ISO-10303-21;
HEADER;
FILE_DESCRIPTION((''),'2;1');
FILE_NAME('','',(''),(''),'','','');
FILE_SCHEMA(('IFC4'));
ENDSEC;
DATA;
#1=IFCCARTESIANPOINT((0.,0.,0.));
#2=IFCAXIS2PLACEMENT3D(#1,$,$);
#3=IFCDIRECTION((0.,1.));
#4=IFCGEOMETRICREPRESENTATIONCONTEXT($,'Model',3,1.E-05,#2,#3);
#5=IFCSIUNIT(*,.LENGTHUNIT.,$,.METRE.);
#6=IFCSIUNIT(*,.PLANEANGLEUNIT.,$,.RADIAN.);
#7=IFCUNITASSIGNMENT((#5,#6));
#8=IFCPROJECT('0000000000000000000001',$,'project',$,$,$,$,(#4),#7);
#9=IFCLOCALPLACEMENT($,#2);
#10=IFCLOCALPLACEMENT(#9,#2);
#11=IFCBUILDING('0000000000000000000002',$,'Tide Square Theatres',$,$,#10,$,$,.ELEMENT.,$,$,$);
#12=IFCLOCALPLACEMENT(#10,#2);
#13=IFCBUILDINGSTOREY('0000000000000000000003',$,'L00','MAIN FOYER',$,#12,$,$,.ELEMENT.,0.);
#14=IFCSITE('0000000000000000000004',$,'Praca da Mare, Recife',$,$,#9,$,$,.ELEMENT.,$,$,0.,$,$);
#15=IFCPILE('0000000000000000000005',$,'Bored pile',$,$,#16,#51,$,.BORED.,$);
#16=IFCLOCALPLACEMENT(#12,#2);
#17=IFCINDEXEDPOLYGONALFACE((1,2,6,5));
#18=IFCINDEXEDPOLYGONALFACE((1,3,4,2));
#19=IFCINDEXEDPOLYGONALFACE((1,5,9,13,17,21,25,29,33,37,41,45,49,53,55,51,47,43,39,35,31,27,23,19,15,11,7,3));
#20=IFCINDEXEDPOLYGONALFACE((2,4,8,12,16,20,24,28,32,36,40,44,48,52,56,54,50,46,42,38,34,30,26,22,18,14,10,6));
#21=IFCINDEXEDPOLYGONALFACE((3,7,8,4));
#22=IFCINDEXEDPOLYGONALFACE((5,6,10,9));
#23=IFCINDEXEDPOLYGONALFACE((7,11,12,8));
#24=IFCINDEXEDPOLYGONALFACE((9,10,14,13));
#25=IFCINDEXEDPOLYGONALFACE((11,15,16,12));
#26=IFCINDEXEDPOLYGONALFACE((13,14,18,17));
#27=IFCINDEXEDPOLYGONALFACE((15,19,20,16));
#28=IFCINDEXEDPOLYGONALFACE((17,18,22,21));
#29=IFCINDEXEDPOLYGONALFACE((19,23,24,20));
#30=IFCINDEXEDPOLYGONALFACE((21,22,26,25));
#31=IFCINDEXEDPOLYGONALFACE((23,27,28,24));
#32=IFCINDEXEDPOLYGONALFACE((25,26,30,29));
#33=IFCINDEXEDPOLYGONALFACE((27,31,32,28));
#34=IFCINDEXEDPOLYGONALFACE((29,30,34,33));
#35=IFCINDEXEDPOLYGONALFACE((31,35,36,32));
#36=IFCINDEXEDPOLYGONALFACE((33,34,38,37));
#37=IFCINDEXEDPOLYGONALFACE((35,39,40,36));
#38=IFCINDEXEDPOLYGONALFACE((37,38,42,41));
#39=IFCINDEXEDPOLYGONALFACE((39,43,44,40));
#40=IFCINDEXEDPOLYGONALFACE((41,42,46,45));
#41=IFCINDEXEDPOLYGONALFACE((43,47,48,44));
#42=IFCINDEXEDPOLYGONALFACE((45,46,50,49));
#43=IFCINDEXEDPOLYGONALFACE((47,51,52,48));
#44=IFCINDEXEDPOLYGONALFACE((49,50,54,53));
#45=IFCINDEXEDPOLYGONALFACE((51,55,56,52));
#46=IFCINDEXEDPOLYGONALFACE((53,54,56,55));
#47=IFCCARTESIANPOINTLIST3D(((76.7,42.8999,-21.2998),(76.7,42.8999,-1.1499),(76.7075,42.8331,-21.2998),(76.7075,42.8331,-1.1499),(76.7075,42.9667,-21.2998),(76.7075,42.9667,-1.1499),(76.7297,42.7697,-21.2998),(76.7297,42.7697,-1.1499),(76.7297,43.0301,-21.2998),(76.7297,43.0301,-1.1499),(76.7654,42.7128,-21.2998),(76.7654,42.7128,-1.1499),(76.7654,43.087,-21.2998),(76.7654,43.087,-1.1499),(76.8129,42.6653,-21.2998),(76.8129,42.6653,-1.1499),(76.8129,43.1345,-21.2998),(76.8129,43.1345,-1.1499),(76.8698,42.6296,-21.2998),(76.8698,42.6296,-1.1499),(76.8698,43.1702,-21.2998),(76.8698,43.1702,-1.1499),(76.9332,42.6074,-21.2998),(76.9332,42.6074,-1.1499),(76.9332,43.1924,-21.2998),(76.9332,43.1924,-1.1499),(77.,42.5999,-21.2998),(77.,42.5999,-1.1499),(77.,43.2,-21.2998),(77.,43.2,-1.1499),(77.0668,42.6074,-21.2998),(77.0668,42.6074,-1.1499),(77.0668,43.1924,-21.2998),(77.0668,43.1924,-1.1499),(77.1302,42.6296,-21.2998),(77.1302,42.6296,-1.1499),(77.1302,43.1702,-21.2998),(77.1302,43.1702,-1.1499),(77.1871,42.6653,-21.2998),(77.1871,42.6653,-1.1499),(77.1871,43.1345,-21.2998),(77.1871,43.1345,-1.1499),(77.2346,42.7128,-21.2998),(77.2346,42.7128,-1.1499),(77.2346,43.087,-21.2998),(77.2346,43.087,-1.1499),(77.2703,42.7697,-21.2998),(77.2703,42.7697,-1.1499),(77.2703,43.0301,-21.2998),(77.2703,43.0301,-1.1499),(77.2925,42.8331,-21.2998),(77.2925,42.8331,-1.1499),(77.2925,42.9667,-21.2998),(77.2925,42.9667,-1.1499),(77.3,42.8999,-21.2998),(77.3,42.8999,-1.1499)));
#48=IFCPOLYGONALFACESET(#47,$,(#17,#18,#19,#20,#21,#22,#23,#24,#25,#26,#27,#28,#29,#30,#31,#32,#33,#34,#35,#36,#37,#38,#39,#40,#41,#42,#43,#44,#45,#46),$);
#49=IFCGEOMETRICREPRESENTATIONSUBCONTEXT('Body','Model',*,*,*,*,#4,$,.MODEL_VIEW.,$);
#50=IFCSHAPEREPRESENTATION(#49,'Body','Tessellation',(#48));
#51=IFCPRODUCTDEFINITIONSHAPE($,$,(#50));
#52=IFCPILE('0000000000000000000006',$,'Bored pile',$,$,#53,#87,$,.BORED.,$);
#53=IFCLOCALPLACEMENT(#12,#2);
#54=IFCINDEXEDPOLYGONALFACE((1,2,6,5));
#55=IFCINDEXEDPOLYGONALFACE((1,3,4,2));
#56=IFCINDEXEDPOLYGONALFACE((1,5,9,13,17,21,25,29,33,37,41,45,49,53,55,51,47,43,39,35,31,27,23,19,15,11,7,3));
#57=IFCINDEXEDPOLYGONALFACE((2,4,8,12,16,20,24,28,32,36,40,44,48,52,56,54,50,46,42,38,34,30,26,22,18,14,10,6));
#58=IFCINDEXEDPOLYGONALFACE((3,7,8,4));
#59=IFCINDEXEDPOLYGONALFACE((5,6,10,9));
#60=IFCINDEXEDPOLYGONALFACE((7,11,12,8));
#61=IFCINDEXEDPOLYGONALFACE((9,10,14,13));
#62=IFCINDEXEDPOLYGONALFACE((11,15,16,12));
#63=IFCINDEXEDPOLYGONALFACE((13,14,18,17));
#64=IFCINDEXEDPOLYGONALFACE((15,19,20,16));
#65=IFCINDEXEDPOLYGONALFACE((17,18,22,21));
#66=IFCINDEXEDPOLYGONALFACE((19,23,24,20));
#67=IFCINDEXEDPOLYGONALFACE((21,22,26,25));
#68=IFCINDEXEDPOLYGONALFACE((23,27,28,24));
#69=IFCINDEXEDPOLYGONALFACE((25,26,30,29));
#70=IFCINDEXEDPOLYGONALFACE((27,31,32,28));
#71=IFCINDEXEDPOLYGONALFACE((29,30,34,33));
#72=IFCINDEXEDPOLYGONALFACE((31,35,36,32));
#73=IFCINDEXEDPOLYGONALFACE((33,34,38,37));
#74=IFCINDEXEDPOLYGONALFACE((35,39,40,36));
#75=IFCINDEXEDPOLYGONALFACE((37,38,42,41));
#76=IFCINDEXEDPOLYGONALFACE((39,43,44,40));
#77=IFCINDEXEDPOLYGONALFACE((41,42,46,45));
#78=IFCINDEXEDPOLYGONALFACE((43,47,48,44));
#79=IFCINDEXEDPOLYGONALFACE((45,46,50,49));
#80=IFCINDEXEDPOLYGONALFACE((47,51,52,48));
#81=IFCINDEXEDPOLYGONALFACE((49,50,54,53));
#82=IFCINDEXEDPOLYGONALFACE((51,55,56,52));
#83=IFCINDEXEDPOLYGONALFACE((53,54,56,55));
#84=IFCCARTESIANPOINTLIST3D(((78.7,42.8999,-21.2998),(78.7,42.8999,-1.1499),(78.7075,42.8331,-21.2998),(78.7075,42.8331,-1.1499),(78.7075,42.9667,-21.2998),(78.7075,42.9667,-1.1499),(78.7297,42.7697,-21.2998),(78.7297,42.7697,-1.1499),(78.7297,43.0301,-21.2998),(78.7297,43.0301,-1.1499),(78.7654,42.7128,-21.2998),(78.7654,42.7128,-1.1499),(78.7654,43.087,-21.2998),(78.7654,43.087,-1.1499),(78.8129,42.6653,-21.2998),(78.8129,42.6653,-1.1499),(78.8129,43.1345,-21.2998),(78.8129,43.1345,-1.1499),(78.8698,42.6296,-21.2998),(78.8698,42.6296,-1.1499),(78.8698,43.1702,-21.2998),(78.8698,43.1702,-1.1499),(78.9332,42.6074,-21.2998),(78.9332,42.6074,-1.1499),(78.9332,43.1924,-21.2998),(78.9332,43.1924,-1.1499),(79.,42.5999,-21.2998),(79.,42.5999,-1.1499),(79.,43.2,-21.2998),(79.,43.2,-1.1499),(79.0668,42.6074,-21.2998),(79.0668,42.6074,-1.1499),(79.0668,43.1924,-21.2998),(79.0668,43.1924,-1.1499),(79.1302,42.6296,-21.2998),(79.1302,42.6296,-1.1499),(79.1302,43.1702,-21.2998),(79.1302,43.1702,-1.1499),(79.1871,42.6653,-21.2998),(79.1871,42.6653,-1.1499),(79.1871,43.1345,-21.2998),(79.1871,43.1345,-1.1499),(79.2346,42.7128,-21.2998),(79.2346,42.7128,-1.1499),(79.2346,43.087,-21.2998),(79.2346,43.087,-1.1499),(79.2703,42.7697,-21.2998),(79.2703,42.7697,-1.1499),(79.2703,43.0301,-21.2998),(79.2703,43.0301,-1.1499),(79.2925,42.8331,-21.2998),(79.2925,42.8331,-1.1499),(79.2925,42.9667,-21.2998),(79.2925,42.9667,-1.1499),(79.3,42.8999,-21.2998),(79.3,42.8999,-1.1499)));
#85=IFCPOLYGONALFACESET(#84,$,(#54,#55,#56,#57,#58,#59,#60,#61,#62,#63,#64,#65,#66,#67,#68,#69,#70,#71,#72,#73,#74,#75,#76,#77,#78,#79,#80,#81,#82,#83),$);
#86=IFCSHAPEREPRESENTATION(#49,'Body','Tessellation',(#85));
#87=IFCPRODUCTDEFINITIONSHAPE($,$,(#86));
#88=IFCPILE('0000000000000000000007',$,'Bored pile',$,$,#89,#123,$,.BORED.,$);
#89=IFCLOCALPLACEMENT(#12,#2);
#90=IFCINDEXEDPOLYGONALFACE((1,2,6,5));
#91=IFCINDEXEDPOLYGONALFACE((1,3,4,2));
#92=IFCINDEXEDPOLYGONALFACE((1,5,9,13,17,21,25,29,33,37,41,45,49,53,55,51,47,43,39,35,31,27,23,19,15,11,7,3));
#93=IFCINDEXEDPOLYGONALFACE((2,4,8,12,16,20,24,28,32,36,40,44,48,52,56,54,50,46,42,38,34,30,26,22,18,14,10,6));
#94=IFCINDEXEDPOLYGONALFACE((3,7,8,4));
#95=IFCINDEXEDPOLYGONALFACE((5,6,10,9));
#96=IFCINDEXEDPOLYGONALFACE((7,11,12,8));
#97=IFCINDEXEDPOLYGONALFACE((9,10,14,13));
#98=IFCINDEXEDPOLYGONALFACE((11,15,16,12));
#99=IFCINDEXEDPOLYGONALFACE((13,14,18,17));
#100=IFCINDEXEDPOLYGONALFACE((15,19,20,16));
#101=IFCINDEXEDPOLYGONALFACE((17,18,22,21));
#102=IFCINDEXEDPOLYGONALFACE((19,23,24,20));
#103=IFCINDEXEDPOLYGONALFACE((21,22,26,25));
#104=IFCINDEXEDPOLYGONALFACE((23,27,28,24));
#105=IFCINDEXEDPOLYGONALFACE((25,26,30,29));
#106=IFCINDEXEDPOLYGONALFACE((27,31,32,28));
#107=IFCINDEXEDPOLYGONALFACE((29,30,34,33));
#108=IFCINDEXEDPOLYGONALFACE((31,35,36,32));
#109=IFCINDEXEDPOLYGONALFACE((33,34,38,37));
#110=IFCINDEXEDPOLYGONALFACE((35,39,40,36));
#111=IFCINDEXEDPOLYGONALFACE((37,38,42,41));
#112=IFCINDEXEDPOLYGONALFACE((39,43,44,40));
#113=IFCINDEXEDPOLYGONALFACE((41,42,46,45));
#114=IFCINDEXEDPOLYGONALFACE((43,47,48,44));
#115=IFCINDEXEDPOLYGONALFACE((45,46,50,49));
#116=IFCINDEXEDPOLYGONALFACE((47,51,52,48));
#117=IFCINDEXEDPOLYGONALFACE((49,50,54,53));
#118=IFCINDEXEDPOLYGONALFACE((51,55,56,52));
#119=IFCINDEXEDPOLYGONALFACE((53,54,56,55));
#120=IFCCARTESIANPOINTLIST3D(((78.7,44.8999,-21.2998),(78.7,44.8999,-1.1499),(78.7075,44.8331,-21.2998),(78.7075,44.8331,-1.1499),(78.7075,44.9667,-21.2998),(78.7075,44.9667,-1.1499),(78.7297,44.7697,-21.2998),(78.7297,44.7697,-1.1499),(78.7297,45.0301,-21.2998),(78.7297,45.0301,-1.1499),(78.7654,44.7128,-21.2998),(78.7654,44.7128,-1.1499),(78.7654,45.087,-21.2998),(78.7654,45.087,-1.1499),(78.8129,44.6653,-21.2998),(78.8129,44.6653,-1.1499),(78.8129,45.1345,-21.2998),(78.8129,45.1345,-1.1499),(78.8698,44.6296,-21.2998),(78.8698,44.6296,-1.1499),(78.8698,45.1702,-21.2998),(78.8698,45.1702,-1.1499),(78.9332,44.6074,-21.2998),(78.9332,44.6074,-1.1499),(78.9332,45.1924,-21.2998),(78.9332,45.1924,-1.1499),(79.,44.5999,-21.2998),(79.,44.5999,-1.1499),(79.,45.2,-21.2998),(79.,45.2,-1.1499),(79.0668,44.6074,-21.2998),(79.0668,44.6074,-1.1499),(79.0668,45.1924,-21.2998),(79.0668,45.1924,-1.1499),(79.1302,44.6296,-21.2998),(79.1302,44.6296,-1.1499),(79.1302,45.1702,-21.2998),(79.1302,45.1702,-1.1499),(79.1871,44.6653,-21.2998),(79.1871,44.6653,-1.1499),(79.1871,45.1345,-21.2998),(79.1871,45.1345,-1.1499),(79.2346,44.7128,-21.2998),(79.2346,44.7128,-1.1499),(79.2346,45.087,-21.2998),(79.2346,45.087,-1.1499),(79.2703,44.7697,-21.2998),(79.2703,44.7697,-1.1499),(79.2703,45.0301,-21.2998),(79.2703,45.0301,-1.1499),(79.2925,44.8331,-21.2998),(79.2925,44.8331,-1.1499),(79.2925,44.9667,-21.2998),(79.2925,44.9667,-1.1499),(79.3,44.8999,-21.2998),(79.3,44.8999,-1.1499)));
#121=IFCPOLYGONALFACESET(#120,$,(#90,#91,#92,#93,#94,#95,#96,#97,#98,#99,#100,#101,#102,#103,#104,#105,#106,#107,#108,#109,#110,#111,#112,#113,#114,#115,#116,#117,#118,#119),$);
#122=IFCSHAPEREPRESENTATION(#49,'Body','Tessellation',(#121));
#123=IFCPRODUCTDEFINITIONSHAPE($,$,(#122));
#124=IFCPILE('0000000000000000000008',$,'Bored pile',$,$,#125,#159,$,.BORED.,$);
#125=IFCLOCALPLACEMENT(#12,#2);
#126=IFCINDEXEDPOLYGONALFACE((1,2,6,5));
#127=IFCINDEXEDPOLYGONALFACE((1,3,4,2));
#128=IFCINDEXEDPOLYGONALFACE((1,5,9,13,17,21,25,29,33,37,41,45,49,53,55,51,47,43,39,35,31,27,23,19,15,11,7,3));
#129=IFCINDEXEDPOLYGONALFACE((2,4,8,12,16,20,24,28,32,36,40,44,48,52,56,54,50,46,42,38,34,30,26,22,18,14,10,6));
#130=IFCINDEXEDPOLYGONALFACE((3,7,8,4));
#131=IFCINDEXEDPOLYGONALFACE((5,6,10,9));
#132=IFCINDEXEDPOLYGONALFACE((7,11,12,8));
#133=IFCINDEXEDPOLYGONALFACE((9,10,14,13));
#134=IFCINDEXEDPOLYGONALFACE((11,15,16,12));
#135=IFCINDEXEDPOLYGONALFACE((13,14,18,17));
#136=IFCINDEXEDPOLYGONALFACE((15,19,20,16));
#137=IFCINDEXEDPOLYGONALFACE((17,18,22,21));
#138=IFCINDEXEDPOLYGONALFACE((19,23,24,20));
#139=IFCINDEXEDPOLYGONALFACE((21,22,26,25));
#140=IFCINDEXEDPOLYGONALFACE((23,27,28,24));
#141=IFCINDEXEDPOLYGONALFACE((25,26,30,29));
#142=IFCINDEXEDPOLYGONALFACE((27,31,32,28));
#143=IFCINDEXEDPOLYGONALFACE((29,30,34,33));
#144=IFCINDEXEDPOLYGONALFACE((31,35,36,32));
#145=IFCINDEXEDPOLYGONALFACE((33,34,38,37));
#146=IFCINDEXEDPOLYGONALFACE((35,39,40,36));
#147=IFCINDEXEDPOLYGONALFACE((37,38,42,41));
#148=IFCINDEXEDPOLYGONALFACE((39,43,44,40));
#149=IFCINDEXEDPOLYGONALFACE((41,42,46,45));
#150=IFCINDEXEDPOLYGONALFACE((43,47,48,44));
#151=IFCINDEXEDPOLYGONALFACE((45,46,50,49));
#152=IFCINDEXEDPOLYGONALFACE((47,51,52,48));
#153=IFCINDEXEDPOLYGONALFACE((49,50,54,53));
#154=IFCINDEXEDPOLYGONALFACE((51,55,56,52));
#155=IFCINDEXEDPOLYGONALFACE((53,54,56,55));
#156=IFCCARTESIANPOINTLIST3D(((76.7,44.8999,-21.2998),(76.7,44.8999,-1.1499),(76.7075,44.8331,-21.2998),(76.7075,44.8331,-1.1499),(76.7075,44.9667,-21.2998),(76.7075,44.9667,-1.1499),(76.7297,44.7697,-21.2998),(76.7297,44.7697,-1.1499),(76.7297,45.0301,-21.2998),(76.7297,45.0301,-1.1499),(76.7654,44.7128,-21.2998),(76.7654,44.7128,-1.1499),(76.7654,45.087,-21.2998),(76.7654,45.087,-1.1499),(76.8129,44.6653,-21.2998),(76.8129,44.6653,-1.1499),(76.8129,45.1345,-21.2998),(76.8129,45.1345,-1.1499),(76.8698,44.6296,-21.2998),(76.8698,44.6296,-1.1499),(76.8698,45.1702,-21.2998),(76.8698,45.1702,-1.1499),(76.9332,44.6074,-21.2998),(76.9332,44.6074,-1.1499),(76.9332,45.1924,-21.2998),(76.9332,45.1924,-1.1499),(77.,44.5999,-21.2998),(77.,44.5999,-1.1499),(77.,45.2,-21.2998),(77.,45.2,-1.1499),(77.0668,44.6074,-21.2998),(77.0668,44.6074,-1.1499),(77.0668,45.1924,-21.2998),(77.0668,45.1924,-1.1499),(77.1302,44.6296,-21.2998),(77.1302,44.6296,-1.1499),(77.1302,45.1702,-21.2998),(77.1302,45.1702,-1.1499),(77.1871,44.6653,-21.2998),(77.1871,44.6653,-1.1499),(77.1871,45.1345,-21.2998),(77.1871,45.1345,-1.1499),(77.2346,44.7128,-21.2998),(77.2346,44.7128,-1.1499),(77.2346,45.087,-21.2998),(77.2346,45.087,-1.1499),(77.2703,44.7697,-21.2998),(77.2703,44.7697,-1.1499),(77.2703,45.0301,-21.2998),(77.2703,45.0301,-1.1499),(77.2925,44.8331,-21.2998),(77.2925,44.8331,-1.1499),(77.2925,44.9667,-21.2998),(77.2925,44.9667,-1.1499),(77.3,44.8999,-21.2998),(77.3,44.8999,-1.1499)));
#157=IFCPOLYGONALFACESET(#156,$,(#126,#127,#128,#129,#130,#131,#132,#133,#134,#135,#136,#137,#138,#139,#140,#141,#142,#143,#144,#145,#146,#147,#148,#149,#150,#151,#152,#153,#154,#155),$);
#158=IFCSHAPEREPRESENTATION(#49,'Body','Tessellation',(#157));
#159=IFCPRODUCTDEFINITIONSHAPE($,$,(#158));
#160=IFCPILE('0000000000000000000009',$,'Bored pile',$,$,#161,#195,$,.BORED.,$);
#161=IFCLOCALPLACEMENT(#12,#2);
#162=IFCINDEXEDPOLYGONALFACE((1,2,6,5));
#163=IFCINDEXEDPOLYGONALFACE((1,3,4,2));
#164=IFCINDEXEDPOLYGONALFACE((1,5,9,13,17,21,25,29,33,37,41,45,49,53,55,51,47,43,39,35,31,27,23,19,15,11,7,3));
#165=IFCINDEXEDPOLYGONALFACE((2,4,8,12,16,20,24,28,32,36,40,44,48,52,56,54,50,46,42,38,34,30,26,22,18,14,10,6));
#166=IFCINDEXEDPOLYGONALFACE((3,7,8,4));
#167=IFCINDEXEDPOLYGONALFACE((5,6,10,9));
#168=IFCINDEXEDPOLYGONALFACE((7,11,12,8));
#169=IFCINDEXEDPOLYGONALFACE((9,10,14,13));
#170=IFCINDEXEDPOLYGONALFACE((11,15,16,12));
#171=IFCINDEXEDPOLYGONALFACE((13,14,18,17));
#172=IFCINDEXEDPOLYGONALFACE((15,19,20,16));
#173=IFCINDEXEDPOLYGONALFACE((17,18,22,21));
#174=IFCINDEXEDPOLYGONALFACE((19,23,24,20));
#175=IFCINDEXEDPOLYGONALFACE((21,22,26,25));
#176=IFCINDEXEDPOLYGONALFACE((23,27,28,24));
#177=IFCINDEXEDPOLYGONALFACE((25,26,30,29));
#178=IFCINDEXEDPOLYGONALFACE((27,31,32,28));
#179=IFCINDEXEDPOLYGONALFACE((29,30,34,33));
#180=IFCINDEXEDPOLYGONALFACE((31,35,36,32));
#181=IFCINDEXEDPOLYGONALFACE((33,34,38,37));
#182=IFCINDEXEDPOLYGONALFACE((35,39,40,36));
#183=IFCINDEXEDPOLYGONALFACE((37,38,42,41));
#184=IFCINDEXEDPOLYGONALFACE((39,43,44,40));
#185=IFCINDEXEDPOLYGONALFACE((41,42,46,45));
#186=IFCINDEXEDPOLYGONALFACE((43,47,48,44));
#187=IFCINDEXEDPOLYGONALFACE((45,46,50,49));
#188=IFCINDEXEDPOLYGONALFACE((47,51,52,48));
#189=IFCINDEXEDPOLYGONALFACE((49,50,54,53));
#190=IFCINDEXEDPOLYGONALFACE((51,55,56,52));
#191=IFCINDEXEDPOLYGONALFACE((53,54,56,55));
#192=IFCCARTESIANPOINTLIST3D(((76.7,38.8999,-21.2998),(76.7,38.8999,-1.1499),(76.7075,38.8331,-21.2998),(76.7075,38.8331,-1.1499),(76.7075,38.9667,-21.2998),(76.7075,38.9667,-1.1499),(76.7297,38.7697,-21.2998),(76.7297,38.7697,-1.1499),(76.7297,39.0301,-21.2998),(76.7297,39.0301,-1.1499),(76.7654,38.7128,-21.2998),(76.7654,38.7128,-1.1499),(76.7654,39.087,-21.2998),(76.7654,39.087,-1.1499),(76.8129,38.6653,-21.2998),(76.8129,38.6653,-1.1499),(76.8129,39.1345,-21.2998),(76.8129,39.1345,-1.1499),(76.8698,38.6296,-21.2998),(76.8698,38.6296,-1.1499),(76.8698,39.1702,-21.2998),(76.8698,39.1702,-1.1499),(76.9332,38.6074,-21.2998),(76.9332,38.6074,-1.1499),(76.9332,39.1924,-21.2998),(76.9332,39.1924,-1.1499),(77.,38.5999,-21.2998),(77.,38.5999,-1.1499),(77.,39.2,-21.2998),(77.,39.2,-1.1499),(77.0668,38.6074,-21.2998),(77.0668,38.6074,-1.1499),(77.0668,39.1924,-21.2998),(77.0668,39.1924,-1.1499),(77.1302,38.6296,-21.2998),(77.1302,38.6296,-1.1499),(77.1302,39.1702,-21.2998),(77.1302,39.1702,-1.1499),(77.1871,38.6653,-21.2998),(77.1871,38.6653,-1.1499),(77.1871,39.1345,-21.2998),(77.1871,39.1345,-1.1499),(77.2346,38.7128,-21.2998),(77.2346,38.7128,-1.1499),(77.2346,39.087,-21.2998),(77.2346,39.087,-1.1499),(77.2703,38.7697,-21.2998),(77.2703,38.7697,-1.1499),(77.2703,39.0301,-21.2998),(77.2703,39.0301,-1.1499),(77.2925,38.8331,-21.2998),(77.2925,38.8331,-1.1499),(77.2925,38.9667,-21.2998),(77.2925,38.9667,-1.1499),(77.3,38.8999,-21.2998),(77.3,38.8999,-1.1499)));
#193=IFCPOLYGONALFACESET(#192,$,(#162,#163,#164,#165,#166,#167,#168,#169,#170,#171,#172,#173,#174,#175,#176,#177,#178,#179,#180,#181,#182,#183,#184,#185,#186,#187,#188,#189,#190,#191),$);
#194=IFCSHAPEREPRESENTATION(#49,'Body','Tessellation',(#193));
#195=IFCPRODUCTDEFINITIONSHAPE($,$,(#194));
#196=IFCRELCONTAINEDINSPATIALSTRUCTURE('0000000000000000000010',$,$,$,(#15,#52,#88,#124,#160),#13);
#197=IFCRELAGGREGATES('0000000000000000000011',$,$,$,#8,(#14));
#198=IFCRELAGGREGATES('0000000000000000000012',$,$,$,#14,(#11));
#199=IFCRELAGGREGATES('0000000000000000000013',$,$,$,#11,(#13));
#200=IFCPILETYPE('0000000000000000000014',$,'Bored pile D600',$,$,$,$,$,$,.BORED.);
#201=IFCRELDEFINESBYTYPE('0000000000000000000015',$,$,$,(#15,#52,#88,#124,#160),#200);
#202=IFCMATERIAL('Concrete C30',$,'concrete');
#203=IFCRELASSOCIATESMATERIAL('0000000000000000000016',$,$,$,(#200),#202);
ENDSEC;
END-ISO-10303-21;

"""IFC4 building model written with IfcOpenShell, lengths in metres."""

from ifc_helpers import new_model, si_unit, direction, frame, origin, origin_2d, place, context, subcontext, project, spatial, circle, extrude, material, material_profile, profile_set, type_object, element, save


model = new_model("IFC4")

# Units and contexts
model_context = context("Model", 3, precision=1e-05, world=origin(), true_north=direction((0.0, 1.0)))
body_context = subcontext(model_context, "Body", "Model", "MODEL_VIEW")
ifc_project = project(units=[si_unit("LENGTHUNIT", "METRE"), si_unit("PLANEANGLEUNIT", "RADIAN")], contexts=[model_context])

# Site, building, storey
site_placement = place(None, origin())
site = spatial("IfcSite", under=ifc_project, at=site_placement, Name="Praca da Mare, Recife", CompositionType="ELEMENT", RefElevation=0.0)
building_placement = place(site_placement, origin())
building = spatial("IfcBuilding", under=site, at=building_placement, Name="Tide Square Theatres", CompositionType="ELEMENT")
storey_placement = place(building_placement, origin())
storey = spatial("IfcBuildingStorey", under=building, at=storey_placement, Name="L00", Description="MAIN FOYER", CompositionType="ELEMENT", Elevation=0.0)

# Piles
ifc_material_1 = material(Name="Concrete C30", Category="concrete")
ifc_material_profile_1 = material_profile(ifc_material_1, circle(Radius=0.3, at=origin_2d()))
ifc_profile_set_1 = profile_set([ifc_material_profile_1], Name="Concrete C30")
pile_type = type_object("IfcPileType", Name="Bored pile D600", PredefinedType="BORED", material=ifc_profile_set_1)
for number, where, z_axis, x_axis, name in (
    (1, (77.0, 42.8999, -1.1499), (0.0, 0.0, -1.0), (1.0, 0.0, 0.0), "Bored pile"),
    (2, (79.0, 42.8999, -1.1499), (0.0, 0.0, -1.0), (1.0, 0.0, 0.0), "Bored pile"),
    (3, (79.0, 44.8999, -1.1499), (0.0, 0.0, -1.0), (1.0, 0.0, 0.0), "Bored pile"),
    (4, (77.0, 44.8999, -1.1499), (0.0, 0.0, -1.0), (1.0, 0.0, 0.0), "Bored pile"),
    (5, (77.0, 38.8999, -1.1499), (0.0, 0.0, -1.0), (1.0, 0.0, 0.0), "Bored pile"),
):
    element("IfcPile", number, at=place(storey_placement, frame(where, z_axis=z_axis, x_axis=x_axis)), inside=storey, type_object=pile_type, Name=name, PredefinedType="BORED", context=body_context, shape_type="SweptSolid", body=[
        extrude(circle(Radius=0.3, at=origin_2d()), origin(), (0.0, 0.0, 1.0), 20.1499),
    ])

save(model, "model.ifc")
